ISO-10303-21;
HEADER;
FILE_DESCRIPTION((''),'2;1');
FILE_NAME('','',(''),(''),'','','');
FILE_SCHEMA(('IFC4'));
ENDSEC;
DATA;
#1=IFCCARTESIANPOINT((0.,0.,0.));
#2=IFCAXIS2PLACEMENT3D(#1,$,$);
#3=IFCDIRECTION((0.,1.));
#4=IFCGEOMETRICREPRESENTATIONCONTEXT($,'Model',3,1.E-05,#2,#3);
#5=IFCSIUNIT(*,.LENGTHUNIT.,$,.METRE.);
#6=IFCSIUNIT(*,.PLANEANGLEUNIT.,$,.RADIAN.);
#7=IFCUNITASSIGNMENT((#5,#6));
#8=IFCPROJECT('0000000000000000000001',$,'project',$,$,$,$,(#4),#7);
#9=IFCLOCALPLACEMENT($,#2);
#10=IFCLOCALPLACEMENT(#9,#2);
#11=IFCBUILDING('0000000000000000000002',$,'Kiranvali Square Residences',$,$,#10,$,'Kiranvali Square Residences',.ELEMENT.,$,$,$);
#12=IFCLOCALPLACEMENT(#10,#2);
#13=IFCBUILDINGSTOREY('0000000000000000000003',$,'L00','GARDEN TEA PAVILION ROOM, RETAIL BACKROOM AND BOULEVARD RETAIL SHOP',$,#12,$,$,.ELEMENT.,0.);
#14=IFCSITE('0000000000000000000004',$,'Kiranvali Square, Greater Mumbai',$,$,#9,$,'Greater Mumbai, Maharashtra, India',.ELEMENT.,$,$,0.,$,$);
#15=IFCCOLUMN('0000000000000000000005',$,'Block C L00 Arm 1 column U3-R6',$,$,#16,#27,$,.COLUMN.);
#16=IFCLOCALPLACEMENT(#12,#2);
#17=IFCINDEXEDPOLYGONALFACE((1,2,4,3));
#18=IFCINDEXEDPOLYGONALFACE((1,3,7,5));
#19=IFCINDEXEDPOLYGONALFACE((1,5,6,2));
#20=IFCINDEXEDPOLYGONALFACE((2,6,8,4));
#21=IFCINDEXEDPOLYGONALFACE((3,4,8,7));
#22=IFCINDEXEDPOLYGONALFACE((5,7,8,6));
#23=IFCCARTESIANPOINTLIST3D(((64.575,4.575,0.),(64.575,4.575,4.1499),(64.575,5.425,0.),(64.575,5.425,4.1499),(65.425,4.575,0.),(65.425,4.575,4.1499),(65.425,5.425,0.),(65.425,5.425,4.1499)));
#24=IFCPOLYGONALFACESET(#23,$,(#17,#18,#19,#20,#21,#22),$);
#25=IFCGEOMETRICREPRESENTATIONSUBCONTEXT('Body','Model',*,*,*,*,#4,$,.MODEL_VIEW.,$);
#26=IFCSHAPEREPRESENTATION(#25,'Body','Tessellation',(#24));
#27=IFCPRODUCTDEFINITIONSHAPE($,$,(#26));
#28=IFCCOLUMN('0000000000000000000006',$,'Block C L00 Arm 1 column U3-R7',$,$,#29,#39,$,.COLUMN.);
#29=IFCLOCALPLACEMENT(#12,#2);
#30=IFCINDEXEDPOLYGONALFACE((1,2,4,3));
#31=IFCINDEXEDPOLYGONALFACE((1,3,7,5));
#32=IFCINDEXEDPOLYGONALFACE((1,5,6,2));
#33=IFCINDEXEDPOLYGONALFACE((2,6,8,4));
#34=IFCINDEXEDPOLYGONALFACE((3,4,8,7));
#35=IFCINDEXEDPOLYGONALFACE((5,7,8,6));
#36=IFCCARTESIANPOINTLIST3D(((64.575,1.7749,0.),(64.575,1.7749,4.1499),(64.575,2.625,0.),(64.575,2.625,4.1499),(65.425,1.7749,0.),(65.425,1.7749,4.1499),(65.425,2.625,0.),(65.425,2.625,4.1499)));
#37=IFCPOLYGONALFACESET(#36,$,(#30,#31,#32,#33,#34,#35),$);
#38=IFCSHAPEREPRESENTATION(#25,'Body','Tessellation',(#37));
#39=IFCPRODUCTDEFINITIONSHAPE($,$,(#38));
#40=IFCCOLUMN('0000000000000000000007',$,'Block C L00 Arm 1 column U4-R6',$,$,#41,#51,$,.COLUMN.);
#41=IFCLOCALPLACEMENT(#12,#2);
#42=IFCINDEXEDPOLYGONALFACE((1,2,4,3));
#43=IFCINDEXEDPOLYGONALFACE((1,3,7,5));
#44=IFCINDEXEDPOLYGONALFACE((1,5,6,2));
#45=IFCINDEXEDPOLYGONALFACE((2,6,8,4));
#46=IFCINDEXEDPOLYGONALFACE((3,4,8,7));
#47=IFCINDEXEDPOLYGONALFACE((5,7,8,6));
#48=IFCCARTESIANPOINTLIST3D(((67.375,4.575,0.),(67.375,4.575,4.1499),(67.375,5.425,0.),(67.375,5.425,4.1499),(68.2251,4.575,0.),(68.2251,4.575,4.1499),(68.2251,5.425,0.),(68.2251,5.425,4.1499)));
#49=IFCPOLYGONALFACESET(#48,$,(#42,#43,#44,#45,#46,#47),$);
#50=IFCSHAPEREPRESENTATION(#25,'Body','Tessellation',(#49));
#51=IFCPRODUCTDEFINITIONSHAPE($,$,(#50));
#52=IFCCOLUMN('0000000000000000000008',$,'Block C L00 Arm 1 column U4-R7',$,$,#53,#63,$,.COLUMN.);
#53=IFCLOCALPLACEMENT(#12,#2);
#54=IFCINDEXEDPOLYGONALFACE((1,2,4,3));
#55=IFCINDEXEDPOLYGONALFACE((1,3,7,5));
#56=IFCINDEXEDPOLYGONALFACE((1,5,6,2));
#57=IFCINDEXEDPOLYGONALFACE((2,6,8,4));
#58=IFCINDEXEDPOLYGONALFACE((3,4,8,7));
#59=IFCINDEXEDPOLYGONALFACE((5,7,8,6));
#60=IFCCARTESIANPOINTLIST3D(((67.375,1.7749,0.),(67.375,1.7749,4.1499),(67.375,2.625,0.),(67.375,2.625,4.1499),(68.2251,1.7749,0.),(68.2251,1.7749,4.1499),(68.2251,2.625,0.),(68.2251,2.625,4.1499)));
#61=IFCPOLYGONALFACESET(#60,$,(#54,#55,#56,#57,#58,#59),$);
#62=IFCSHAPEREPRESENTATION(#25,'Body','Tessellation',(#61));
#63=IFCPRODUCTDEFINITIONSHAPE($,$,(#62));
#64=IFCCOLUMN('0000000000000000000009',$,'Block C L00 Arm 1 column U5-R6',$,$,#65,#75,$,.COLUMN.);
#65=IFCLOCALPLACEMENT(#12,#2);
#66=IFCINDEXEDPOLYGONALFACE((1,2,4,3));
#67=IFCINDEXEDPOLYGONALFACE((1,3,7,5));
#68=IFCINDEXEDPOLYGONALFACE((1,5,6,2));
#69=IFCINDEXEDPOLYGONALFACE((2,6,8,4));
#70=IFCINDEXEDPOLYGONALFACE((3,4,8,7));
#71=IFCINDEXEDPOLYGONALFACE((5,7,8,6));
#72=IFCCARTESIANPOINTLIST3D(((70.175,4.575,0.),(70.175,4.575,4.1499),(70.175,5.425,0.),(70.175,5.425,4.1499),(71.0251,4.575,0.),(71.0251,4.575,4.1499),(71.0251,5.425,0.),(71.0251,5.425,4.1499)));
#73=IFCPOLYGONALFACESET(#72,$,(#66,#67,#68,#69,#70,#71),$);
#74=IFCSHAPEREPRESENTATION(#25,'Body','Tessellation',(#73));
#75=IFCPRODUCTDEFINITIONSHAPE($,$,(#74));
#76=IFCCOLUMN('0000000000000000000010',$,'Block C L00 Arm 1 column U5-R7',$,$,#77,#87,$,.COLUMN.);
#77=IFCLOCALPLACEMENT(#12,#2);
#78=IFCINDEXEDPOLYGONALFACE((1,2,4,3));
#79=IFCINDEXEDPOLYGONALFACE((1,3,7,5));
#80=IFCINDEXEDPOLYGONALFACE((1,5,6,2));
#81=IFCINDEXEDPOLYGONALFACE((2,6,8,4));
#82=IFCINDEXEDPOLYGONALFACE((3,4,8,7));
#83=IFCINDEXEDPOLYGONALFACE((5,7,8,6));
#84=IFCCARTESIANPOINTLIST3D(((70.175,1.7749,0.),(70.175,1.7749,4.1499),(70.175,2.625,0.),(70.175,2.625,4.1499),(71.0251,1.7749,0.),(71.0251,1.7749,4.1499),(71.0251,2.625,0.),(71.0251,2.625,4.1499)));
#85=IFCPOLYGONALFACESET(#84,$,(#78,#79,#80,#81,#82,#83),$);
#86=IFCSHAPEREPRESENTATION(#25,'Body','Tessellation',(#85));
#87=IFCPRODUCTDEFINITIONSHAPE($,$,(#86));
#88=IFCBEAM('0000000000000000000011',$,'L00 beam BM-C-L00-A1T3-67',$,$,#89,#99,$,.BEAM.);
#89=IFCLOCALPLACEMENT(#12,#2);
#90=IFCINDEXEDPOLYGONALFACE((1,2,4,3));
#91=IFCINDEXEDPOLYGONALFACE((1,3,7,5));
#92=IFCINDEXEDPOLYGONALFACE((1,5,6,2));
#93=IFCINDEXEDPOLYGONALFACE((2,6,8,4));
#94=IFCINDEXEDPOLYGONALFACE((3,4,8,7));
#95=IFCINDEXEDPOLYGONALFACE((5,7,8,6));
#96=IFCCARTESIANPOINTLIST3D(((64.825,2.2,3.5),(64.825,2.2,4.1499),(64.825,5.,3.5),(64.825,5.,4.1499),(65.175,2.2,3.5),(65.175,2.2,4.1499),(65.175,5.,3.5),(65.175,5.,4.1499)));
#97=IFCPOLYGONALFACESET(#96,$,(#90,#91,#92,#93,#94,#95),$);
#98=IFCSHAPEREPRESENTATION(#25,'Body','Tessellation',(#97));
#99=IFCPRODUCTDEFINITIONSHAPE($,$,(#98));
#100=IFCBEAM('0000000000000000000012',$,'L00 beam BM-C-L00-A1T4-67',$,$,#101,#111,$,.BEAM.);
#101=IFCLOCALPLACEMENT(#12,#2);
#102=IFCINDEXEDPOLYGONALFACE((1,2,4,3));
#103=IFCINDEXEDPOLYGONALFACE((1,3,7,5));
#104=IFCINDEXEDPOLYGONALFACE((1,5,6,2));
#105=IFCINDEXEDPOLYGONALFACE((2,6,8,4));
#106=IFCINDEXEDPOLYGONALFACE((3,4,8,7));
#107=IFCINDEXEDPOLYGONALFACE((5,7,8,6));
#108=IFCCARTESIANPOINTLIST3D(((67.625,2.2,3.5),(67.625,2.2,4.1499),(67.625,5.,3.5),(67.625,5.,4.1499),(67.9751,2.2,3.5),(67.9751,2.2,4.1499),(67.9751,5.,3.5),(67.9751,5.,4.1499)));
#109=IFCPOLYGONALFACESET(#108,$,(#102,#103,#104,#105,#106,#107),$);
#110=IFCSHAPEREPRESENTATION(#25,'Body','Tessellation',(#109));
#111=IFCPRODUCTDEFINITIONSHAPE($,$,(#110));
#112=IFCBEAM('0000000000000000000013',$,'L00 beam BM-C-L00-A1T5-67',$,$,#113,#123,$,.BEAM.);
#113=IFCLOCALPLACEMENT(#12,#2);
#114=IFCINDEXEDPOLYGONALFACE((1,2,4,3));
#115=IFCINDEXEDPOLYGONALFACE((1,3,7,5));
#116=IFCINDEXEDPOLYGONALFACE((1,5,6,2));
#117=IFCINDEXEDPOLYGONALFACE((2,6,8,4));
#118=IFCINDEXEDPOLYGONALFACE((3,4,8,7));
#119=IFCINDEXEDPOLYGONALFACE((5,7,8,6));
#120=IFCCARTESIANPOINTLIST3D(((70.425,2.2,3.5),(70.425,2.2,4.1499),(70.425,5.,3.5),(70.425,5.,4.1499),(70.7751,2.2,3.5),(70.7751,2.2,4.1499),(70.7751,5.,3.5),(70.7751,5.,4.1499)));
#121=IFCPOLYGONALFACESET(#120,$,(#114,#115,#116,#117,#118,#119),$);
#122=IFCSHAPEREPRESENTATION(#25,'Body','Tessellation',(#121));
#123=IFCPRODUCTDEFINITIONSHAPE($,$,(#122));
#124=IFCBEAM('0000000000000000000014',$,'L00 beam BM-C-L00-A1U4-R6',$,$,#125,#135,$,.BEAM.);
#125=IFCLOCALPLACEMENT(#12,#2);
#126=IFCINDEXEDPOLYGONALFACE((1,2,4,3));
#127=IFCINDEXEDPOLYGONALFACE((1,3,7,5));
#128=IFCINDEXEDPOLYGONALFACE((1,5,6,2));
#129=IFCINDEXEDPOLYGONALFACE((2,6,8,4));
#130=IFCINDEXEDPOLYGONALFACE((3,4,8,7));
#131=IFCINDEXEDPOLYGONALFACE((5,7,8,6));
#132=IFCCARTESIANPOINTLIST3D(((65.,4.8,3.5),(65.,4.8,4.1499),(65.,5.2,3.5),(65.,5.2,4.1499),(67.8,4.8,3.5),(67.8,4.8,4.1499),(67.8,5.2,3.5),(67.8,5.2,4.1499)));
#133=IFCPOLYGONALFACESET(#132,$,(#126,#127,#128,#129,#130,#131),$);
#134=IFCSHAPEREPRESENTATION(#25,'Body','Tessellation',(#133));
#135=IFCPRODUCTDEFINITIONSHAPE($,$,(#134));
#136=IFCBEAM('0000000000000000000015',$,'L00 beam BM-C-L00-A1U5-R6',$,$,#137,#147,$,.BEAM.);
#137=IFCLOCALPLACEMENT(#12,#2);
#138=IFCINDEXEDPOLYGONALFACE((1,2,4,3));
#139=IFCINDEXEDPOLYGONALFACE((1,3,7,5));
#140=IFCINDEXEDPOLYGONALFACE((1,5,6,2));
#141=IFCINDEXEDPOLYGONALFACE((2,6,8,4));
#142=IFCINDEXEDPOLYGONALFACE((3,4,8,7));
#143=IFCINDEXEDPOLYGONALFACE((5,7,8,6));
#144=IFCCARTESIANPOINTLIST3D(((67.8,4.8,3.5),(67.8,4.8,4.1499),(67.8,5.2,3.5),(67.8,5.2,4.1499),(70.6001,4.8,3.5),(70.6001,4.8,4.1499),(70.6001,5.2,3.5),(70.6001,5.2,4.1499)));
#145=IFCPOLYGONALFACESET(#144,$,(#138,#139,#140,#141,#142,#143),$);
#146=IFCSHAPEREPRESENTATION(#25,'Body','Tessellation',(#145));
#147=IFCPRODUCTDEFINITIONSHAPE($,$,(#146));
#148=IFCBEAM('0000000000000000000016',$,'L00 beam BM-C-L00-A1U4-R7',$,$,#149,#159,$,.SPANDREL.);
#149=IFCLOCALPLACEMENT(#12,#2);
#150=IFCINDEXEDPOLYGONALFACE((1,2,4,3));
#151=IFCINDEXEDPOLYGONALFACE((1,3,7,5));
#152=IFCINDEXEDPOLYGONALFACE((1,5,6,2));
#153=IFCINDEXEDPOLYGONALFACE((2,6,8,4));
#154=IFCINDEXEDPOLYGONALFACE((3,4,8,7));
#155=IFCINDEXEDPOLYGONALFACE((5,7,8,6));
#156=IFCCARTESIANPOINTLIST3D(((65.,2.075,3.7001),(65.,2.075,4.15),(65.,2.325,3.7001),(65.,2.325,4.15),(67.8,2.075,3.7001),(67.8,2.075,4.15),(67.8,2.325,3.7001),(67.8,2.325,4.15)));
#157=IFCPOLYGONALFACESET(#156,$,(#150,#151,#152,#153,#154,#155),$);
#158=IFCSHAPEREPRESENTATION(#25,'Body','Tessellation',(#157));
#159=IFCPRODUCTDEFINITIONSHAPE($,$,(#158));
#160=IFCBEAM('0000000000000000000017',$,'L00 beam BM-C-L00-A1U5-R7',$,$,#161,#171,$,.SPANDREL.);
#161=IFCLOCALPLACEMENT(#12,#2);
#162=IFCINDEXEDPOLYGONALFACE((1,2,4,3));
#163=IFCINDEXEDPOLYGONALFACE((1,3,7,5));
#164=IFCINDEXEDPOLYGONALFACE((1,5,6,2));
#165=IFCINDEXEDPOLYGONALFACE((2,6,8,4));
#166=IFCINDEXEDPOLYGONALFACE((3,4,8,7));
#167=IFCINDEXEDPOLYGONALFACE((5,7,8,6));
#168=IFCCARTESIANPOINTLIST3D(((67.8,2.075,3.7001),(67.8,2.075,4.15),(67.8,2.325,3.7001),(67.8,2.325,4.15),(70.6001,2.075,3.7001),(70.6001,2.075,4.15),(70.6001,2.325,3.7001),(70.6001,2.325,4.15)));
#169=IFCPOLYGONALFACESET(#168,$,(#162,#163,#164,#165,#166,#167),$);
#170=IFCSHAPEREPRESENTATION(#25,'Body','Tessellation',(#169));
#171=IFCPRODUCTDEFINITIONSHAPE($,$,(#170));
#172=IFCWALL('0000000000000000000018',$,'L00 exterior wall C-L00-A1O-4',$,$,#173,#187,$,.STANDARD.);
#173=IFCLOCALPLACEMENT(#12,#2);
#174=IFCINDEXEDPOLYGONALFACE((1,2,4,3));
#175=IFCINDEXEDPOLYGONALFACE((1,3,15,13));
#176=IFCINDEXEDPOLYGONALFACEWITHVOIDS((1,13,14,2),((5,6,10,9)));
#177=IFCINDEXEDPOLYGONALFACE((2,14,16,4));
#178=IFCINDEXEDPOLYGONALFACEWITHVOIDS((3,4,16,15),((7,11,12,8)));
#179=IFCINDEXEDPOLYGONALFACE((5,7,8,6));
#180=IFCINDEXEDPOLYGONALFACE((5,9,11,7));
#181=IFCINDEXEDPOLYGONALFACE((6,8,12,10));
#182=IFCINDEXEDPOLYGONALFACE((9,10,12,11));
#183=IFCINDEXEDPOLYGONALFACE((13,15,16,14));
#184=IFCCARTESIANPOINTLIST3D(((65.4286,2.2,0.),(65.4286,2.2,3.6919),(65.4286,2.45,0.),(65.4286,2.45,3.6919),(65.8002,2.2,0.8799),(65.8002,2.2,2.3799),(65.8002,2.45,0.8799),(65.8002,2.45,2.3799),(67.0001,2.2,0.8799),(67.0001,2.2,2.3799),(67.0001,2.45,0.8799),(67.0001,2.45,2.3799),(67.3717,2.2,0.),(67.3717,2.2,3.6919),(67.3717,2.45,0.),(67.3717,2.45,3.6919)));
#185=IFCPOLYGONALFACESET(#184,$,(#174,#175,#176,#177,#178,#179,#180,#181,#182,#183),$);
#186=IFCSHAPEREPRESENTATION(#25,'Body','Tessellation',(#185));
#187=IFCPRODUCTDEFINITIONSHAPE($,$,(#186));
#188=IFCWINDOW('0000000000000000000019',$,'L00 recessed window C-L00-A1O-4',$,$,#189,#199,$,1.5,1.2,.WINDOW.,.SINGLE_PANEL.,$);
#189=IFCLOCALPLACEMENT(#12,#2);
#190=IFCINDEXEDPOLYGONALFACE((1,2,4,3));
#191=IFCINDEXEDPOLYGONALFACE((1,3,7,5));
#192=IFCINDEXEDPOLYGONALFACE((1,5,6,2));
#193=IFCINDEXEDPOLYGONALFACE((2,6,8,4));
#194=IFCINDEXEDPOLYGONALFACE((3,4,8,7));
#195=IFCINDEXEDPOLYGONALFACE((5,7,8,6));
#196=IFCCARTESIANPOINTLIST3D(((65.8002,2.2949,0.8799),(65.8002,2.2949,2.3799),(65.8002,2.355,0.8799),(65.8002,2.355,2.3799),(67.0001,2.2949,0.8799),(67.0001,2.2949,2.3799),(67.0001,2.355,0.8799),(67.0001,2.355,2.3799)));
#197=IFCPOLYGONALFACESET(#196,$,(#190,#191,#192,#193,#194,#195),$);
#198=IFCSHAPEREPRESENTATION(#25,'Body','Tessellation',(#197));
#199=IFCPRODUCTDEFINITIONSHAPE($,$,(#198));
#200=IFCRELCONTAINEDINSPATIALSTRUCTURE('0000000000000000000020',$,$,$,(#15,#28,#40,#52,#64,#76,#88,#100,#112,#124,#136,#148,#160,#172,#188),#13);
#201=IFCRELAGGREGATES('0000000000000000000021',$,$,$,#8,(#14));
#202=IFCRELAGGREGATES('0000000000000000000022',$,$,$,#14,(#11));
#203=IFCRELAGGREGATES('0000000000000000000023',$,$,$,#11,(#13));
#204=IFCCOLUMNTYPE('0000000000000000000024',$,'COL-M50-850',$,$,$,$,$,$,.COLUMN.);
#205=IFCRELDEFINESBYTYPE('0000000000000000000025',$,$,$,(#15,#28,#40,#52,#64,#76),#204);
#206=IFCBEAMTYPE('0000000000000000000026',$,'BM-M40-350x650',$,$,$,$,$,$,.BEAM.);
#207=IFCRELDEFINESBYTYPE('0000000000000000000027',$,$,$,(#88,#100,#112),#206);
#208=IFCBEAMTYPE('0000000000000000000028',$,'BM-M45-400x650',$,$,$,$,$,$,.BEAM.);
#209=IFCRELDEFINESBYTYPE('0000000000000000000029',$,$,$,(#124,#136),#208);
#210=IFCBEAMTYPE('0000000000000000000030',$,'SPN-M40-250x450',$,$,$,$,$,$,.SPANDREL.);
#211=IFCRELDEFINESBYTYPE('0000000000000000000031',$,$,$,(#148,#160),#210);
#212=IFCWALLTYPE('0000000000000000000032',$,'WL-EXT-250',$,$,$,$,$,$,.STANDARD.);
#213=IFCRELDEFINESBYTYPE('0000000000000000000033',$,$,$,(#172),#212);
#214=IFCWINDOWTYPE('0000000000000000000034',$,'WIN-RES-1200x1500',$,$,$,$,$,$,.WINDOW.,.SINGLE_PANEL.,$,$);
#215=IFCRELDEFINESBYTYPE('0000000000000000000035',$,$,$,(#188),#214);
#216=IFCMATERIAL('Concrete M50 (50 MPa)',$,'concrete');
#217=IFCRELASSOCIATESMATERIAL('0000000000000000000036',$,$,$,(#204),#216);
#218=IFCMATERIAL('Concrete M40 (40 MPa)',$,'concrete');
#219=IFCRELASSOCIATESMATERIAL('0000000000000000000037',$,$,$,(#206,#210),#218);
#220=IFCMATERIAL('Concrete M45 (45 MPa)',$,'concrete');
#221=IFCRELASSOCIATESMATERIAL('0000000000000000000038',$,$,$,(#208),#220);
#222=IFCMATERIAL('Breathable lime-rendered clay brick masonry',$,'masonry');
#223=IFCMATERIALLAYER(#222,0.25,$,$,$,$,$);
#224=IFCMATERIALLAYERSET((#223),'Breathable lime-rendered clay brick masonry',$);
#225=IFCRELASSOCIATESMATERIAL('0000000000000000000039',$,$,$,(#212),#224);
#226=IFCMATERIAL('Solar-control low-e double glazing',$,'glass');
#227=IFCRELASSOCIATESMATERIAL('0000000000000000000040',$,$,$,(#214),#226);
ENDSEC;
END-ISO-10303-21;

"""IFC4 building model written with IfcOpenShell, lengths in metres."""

from ifc_helpers import new_model, si_unit, direction, frame, frame_2d, origin, origin_2d, place, context, subcontext, project, spatial, rectangle, extrude, material, layer, layer_set, material_profile, profile_set, type_object, element, fill, save


model = new_model("IFC4")

# Units and contexts
model_context = context("Model", 3, precision=1e-05, world=origin(), true_north=direction((0.0, 1.0)))
body_context = subcontext(model_context, "Body", "Model", "MODEL_VIEW")
ifc_project = project(units=[si_unit("LENGTHUNIT", "METRE"), si_unit("PLANEANGLEUNIT", "RADIAN")], contexts=[model_context])

# Site, building, storey
site_placement = place(None, origin())
site = spatial("IfcSite", under=ifc_project, at=site_placement, Name="Kiranvali Square, Greater Mumbai", LongName="Greater Mumbai, Maharashtra, India", CompositionType="ELEMENT", RefElevation=0.0)
building_placement = place(site_placement, origin())
building = spatial("IfcBuilding", under=site, at=building_placement, Name="Kiranvali Square Residences", LongName="Kiranvali Square Residences", CompositionType="ELEMENT")
storey_placement = place(building_placement, origin())
storey = spatial("IfcBuildingStorey", under=building, at=storey_placement, Name="L00", Description="GARDEN TEA PAVILION ROOM, RETAIL BACKROOM AND BOULEVARD RETAIL SHOP", CompositionType="ELEMENT", Elevation=0.0)

# Columns
ifc_material_1 = material(Name="Concrete M50 (50 MPa)", Category="concrete")
ifc_material_profile_1 = material_profile(ifc_material_1, rectangle(XDim=0.8501, YDim=0.8501, at=origin_2d()), Name="RC 850x850")
ifc_profile_set_1 = profile_set([ifc_material_profile_1], Name="Concrete M50 (50 MPa)")
column_type = type_object("IfcColumnType", Name="COL-M50-850", PredefinedType="COLUMN", material=ifc_profile_set_1)
for number, where, z_axis, x_axis, name in (
    (1, (65.0, 5.0, 0.0), (0.0, 0.0, 1.0), (1.0, 0.0, 0.0), "Block C L00 Arm 1 column U3-R6"),
    (2, (65.0, 2.2, 0.0), (0.0, 0.0, 1.0), (1.0, 0.0, 0.0), "Block C L00 Arm 1 column U3-R7"),
    (3, (67.8, 5.0, 0.0), (0.0, 0.0, 1.0), (1.0, 0.0, 0.0), "Block C L00 Arm 1 column U4-R6"),
    (4, (67.8, 2.2, 0.0), (0.0, 0.0, 1.0), (1.0, 0.0, 0.0), "Block C L00 Arm 1 column U4-R7"),
    (5, (70.6001, 5.0, 0.0), (0.0, 0.0, 1.0), (1.0, 0.0, 0.0), "Block C L00 Arm 1 column U5-R6"),
    (6, (70.6001, 2.2, 0.0), (0.0, 0.0, 1.0), (1.0, 0.0, 0.0), "Block C L00 Arm 1 column U5-R7"),
):
    element("IfcColumn", number, at=place(storey_placement, frame(where, z_axis=z_axis, x_axis=x_axis)), inside=storey, type_object=column_type, Name=name, PredefinedType="COLUMN", context=body_context, shape_type="SweptSolid", body=[
        extrude(rectangle(XDim=0.8501, YDim=0.8501, at=origin_2d()), origin(), (0.0, 0.0, 1.0), 4.1499),
    ])

# Beams
ifc_material_2 = material(Name="Concrete M40 (40 MPa)", Category="concrete")
ifc_material_profile_2 = material_profile(ifc_material_2, rectangle(XDim=0.3501, YDim=0.6499, at=origin_2d()), Name="RC 350x650")
ifc_profile_set_2 = profile_set([ifc_material_profile_2], Name="Concrete M40 (40 MPa)")
beam_type_1 = type_object("IfcBeamType", Name="BM-M40-350x650", PredefinedType="BEAM", material=ifc_profile_set_2)
for number, where, z_axis, x_axis, name in (
    (7, (65.0, 5.0, 3.825), (0.0, -1.0, 0.0), (1.0, 0.0, 0.0), "L00 beam BM-C-L00-A1T3-67"),
    (8, (67.8, 5.0, 3.825), (0.0, -1.0, 0.0), (1.0, 0.0, 0.0), "L00 beam BM-C-L00-A1T4-67"),
    (9, (70.6001, 5.0, 3.825), (0.0, -1.0, 0.0), (1.0, 0.0, 0.0), "L00 beam BM-C-L00-A1T5-67"),
):
    element("IfcBeam", number, at=place(storey_placement, frame(where, z_axis=z_axis, x_axis=x_axis)), inside=storey, type_object=beam_type_1, Name=name, PredefinedType="BEAM", context=body_context, shape_type="SweptSolid", body=[
        extrude(rectangle(XDim=0.3501, YDim=0.6499, at=origin_2d()), origin(), (0.0, 0.0, 1.0), 2.8),
    ])
ifc_material_3 = material(Name="Concrete M45 (45 MPa)", Category="concrete")
ifc_material_profile_3 = material_profile(ifc_material_3, rectangle(XDim=0.3999, YDim=0.6499, at=origin_2d()), Name="RC 400x650")
ifc_profile_set_3 = profile_set([ifc_material_profile_3], Name="Concrete M45 (45 MPa)")
beam_type_2 = type_object("IfcBeamType", Name="BM-M45-400x650", PredefinedType="BEAM", material=ifc_profile_set_3)
for number, where, z_axis, x_axis, name in (
    (10, (65.0, 5.0, 3.825), (1.0, 0.0, 0.0), (0.0, 1.0, 0.0), "L00 beam BM-C-L00-A1U4-R6"),
    (11, (67.8, 5.0, 3.825), (1.0, 0.0, 0.0), (0.0, 1.0, 0.0), "L00 beam BM-C-L00-A1U5-R6"),
):
    element("IfcBeam", number, at=place(storey_placement, frame(where, z_axis=z_axis, x_axis=x_axis)), inside=storey, type_object=beam_type_2, Name=name, PredefinedType="BEAM", context=body_context, shape_type="SweptSolid", body=[
        extrude(rectangle(XDim=0.3999, YDim=0.6499, at=origin_2d()), origin(), (0.0, 0.0, 1.0), 2.8),
    ])
ifc_material_profile_4 = material_profile(ifc_material_2, rectangle(XDim=0.25, YDim=0.45, at=origin_2d()), Name="RC 250x450")
ifc_profile_set_4 = profile_set([ifc_material_profile_4], Name="Concrete M40 (40 MPa)")
beam_type_3 = type_object("IfcBeamType", Name="SPN-M40-250x450", PredefinedType="SPANDREL", material=ifc_profile_set_4)
for number, where, z_axis, x_axis, name in (
    (12, (65.0, 2.2, 3.925), (1.0, 0.0, 0.0), (0.0, 1.0, 0.0), "L00 beam BM-C-L00-A1U4-R7"),
    (13, (67.8, 2.2, 3.925), (1.0, 0.0, 0.0), (0.0, 1.0, 0.0), "L00 beam BM-C-L00-A1U5-R7"),
):
    element("IfcBeam", number, at=place(storey_placement, frame(where, z_axis=z_axis, x_axis=x_axis)), inside=storey, type_object=beam_type_3, Name=name, PredefinedType="SPANDREL", context=body_context, shape_type="SweptSolid", body=[
        extrude(rectangle(XDim=0.25, YDim=0.45, at=origin_2d()), origin(), (0.0, 0.0, 1.0), 2.8),
    ])

# Wall, opening, window
ifc_material_4 = material(Name="Breathable lime-rendered clay brick masonry", Category="masonry")
ifc_layer = layer(ifc_material_4, 0.25)
ifc_layer_set = layer_set([ifc_layer], Name="Breathable lime-rendered clay brick masonry")
wall_type = type_object("IfcWallType", Name="WL-EXT-250", PredefinedType="STANDARD", material=ifc_layer_set)
wall_1_placement = place(storey_placement, frame((65.4285, 2.325, 0.0), z_axis=(0.0, 0.0, 1.0), x_axis=(1.0, 0.0, 0.0)))
wall_1 = element("IfcWall", 14, at=wall_1_placement, inside=storey, type_object=wall_type, Name="L00 exterior wall C-L00-A1O-4", PredefinedType="STANDARD", context=body_context, shape_type="SweptSolid", body=[
    extrude(rectangle(XDim=1.9431, YDim=0.25, at=frame_2d((0.9717, 0.0))), origin(), (0.0, 0.0, 1.0), 3.6919),
])
opening_1_placement = place(wall_1_placement, frame((0.3716, 0.0, 0.8799)))
opening_1 = element("IfcOpeningElement", 15, at=opening_1_placement, cuts=wall_1, PredefinedType="OPENING", context=body_context, shape_type="SweptSolid", body=[
    extrude(rectangle(XDim=1.2, YDim=1.5, at=frame_2d((0.6001, 0.75))), frame((0.0, 0.135, 0.0), z_axis=(0.0, -1.0, 0.0), x_axis=(1.0, 0.0, 0.0)), (0.0, 0.0, 1.0), 0.27),
])
ifc_material_5 = material(Name="Solar-control low-e double glazing", Category="glass")
window_type_1 = type_object("IfcWindowType", Name="WIN-RES-1200x1500", PartitioningType="SINGLE_PANEL", PredefinedType="WINDOW", material=ifc_material_5)
window_1_placement = place(opening_1_placement, origin())
window_1 = element("IfcWindow", 16, at=window_1_placement, inside=storey, type_object=window_type_1, Name="L00 recessed window C-L00-A1O-4", OverallHeight=1.5, OverallWidth=1.2, PartitioningType="SINGLE_PANEL", PredefinedType="WINDOW", context=body_context, shape_type="SweptSolid", body=[
    extrude(rectangle(XDim=1.2, YDim=1.5, at=frame_2d((0.6001, 0.75))), frame((0.0, 0.03, 0.0), z_axis=(0.0, -1.0, 0.0), x_axis=(1.0, 0.0, 0.0)), (0.0, 0.0, 1.0), 0.0601),
])
fill(opening_1, window_1)

save(model, "model.ifc")
